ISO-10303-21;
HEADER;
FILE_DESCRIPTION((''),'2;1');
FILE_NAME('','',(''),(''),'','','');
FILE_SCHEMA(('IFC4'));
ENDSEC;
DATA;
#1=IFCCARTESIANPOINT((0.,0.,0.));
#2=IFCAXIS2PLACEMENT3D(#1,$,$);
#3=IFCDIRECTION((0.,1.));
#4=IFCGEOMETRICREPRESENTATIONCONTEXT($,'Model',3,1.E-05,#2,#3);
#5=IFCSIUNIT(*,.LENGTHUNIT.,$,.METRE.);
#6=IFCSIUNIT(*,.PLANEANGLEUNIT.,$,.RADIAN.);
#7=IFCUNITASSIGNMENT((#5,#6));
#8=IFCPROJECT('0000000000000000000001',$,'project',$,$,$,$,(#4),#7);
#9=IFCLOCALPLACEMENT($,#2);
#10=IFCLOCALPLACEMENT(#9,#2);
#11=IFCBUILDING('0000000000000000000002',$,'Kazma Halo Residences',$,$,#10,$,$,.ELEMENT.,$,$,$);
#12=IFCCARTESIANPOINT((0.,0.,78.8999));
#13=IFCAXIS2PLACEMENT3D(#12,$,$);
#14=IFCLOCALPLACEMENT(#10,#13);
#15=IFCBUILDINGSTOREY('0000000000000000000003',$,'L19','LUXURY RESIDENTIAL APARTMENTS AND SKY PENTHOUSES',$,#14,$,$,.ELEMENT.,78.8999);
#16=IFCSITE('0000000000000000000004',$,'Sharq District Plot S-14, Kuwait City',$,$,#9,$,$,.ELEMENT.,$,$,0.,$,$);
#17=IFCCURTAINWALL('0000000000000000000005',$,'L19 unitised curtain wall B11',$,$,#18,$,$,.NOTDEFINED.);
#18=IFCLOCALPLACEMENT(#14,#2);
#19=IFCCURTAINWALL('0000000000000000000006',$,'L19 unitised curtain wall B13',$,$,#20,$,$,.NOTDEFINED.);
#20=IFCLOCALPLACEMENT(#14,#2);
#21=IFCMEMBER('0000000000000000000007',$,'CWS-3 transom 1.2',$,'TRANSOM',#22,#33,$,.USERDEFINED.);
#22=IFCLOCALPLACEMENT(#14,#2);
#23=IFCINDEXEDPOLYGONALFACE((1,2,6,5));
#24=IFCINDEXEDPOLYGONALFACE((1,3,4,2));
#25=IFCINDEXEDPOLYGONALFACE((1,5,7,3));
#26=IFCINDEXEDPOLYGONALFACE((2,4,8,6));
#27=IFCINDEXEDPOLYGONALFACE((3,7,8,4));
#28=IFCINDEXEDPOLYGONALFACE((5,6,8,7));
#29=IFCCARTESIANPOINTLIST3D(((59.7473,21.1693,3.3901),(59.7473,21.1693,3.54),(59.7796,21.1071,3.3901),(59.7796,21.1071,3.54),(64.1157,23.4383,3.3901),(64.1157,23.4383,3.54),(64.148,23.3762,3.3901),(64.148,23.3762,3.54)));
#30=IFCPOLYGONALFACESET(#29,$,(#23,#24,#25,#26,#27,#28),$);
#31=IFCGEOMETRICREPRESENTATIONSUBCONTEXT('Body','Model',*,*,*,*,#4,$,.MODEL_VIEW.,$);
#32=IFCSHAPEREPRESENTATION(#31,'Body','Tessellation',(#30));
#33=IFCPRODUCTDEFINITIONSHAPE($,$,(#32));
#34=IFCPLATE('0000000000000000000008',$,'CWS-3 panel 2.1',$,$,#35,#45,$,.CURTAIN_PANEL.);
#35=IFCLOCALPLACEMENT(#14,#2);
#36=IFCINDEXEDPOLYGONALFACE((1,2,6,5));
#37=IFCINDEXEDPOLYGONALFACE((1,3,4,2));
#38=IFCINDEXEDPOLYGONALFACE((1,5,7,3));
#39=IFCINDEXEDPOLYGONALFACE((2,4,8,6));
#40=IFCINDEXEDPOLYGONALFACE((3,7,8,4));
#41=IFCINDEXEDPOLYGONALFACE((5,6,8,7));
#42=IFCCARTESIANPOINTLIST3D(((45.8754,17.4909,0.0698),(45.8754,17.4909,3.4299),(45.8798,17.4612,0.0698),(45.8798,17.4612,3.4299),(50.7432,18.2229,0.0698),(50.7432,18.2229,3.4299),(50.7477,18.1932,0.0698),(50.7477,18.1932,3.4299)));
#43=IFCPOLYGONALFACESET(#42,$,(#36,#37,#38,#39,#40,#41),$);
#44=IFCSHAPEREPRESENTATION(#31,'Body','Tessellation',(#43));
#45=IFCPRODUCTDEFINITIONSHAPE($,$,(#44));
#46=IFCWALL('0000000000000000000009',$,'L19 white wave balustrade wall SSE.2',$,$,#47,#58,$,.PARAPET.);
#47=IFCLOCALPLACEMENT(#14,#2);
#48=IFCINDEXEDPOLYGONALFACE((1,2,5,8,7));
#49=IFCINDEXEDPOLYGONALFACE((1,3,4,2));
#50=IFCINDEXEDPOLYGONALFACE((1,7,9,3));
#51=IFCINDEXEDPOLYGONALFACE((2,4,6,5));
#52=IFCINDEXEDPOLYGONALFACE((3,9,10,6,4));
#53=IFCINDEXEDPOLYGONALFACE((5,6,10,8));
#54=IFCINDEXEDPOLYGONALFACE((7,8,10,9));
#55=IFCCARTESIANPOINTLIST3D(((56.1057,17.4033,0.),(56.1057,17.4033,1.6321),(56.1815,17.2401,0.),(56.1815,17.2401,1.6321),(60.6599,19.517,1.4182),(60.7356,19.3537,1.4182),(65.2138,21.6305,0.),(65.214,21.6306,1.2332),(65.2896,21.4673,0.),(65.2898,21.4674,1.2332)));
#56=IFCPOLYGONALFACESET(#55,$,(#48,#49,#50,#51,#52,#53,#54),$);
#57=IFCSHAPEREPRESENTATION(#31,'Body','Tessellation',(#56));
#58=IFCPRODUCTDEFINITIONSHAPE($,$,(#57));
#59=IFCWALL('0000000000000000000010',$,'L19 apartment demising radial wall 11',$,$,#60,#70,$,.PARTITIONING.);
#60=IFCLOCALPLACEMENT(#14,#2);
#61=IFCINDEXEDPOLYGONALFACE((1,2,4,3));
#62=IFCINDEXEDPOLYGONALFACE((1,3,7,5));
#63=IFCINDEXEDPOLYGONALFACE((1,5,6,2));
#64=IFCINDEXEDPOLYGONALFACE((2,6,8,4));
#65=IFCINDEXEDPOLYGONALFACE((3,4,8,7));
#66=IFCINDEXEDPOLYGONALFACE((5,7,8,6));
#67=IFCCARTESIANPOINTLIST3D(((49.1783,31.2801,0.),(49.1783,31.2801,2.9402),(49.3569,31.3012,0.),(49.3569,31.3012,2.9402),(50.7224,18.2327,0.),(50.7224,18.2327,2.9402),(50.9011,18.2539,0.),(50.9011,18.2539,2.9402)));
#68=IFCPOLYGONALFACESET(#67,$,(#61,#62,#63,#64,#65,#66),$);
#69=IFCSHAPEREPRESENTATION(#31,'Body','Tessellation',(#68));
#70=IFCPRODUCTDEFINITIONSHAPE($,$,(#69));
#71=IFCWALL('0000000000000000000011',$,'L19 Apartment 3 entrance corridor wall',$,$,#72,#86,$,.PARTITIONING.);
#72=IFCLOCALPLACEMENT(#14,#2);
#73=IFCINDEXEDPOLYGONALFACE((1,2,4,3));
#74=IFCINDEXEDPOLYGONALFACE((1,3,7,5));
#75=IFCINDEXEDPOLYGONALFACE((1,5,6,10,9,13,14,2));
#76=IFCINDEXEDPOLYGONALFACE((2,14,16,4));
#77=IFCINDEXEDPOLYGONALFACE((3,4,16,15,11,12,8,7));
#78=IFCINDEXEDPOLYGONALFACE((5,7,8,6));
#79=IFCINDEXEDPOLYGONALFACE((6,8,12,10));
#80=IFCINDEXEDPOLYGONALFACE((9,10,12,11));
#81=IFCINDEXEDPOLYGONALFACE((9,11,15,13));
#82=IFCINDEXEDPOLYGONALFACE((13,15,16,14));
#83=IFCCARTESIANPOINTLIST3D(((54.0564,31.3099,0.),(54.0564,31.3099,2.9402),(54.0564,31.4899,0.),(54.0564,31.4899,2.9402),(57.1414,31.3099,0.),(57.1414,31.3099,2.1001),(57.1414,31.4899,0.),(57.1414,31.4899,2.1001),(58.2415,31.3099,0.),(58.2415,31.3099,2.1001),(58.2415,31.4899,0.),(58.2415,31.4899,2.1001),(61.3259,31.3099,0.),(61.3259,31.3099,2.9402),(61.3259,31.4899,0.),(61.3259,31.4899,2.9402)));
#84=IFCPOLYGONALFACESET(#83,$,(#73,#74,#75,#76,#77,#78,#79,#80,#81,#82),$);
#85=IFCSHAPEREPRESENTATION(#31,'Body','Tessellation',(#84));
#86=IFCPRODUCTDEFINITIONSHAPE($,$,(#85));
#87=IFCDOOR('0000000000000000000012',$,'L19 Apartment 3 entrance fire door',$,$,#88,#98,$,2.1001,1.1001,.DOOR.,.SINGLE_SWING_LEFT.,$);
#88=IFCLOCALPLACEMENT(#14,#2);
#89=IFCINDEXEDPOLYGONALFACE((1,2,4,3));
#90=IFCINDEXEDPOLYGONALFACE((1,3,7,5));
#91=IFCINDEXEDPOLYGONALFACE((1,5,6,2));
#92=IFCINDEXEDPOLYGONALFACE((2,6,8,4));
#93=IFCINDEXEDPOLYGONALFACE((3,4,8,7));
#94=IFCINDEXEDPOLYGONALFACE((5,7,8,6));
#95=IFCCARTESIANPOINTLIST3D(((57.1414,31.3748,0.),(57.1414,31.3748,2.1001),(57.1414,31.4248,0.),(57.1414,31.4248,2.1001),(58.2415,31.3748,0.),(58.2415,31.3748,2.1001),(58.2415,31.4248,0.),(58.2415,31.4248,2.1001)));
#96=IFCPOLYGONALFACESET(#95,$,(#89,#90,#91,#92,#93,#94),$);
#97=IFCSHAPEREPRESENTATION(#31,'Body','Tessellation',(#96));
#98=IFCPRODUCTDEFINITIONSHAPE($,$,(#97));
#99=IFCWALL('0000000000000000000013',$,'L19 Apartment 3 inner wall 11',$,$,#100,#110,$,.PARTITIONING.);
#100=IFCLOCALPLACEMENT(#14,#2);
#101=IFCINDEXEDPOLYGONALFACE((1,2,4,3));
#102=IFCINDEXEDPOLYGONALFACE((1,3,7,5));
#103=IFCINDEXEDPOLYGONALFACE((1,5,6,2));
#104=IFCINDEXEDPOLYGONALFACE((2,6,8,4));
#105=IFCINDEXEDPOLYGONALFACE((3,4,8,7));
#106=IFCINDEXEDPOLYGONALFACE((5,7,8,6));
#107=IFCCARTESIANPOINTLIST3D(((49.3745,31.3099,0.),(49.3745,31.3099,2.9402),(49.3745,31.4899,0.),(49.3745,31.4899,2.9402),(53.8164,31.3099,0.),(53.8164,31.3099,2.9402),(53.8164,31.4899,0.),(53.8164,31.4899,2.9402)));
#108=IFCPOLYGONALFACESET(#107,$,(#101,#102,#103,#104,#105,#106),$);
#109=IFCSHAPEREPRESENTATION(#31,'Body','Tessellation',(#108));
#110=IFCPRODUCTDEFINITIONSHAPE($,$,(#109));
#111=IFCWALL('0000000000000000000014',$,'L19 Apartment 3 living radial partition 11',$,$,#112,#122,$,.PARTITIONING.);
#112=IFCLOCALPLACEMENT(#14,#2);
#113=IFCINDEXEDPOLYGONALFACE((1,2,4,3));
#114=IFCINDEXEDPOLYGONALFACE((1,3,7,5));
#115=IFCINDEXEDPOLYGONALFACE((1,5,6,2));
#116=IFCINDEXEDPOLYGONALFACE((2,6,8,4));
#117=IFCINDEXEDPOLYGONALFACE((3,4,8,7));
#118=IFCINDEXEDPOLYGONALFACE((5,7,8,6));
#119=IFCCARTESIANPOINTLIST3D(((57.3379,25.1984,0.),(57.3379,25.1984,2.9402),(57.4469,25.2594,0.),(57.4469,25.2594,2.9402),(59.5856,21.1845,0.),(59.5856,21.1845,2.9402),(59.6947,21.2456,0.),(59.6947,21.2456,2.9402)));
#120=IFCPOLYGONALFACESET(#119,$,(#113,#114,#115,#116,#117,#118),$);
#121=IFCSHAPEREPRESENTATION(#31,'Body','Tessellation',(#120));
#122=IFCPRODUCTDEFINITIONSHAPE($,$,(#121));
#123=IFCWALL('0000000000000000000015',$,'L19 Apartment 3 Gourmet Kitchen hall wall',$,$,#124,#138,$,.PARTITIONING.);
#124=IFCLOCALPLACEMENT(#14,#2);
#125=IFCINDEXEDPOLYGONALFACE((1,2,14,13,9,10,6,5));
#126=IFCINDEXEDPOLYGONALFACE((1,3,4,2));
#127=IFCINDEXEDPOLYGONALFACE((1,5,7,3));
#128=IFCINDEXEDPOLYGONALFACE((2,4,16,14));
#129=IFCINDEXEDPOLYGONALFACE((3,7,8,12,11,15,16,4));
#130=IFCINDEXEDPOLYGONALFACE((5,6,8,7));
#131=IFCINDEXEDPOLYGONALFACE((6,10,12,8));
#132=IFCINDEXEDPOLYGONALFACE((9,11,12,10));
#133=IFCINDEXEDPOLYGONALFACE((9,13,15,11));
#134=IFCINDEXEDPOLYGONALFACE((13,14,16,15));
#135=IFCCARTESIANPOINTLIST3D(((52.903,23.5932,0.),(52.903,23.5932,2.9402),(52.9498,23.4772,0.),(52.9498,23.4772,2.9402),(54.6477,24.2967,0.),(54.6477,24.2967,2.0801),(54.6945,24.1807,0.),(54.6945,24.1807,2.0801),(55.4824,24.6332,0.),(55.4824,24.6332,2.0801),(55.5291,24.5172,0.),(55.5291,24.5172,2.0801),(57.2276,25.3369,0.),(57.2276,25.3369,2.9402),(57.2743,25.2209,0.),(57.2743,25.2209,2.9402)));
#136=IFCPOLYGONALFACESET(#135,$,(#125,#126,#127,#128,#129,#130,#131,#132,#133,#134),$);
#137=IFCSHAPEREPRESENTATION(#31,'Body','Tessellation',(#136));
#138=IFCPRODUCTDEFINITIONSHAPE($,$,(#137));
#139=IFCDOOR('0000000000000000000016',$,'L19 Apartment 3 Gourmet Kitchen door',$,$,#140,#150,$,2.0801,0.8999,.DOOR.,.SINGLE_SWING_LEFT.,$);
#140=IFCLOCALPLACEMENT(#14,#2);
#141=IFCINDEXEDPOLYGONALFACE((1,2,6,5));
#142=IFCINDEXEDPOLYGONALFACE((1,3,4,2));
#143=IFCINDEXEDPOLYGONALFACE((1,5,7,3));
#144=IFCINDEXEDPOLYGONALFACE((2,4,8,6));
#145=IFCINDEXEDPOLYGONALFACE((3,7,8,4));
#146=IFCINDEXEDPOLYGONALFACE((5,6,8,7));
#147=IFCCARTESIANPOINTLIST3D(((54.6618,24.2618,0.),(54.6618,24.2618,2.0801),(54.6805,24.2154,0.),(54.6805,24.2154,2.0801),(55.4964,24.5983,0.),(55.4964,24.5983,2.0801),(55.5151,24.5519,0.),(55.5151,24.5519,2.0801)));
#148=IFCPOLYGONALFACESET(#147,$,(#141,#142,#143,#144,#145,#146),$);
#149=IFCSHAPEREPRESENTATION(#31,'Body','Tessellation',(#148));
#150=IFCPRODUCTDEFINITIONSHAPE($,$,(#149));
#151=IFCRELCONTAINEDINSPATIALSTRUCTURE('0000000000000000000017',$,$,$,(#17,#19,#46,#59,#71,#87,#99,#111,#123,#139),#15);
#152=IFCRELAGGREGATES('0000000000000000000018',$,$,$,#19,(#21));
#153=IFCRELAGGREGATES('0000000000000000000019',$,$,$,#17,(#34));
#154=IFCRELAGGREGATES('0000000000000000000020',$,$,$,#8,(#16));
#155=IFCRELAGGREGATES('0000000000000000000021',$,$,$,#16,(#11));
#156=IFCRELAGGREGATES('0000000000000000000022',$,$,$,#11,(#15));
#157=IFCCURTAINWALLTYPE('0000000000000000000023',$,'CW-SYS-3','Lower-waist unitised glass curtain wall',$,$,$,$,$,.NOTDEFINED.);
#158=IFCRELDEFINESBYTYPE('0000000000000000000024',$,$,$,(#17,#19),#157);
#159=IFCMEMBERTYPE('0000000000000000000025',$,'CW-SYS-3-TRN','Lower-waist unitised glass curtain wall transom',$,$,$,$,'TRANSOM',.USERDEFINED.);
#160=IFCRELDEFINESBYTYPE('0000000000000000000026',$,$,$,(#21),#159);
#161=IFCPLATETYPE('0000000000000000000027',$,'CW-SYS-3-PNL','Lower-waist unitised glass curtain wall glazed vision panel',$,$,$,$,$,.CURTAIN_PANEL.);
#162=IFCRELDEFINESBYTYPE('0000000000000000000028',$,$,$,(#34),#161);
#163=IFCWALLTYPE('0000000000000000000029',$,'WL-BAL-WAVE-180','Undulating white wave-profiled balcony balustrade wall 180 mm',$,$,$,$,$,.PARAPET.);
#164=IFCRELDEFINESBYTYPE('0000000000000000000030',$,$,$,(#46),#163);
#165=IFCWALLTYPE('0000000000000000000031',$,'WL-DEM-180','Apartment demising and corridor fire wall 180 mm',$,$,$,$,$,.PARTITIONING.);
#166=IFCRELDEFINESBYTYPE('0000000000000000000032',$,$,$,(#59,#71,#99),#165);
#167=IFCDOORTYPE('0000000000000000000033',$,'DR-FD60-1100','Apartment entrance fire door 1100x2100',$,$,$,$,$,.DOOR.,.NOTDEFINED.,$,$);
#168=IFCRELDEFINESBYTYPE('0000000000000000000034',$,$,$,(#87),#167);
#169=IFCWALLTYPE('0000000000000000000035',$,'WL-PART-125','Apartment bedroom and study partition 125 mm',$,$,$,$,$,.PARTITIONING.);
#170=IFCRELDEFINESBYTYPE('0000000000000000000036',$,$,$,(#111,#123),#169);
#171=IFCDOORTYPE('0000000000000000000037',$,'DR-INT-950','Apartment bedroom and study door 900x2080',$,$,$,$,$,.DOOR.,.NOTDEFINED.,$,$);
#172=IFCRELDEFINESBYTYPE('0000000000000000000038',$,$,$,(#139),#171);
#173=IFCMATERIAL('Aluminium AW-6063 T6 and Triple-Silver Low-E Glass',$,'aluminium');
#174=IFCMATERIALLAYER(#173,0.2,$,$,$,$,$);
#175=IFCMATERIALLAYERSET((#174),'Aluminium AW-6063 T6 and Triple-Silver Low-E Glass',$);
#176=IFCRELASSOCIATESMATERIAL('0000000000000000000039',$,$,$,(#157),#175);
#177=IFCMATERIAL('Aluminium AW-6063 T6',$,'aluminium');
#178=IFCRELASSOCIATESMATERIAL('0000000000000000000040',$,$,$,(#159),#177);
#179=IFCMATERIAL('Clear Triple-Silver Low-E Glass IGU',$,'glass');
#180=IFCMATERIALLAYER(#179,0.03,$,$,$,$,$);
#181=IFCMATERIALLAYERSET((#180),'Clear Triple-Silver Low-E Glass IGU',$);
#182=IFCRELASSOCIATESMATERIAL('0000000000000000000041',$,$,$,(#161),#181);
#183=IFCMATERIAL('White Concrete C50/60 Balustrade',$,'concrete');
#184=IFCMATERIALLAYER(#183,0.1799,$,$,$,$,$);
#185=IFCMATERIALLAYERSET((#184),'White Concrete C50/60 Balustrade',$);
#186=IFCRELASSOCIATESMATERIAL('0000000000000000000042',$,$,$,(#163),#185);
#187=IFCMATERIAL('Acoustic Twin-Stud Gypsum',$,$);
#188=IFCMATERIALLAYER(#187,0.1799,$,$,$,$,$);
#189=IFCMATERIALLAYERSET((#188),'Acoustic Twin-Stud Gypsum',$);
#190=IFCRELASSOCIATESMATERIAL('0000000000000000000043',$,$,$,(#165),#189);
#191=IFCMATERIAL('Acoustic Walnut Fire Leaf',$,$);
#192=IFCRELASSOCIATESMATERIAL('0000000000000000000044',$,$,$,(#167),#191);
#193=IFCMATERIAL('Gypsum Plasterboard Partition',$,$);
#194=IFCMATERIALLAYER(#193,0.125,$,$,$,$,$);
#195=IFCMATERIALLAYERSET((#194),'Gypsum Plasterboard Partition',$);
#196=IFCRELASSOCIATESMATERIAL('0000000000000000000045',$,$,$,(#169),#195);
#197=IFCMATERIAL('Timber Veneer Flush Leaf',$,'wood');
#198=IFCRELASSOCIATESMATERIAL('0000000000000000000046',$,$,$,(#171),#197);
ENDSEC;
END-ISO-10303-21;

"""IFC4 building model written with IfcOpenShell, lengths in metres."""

from ifc_helpers import new_model, si_unit, direction, frame, frame_2d, origin, origin_2d, place, context, subcontext, project, spatial, polyline, rectangle, outline, extrude, material, layer, layer_set, material_profile, profile_set, type_object, element, fill, aggregate, save


model = new_model("IFC4")

# Units and contexts
model_context = context("Model", 3, precision=1e-05, world=origin(), true_north=direction((0.0, 1.0)))
body_context = subcontext(model_context, "Body", "Model", "MODEL_VIEW")
ifc_project = project(units=[si_unit("LENGTHUNIT", "METRE"), si_unit("PLANEANGLEUNIT", "RADIAN")], contexts=[model_context])

# Site, building, storey
site_placement = place(None, origin())
site = spatial("IfcSite", under=ifc_project, at=site_placement, Name="Sharq District Plot S-14, Kuwait City", CompositionType="ELEMENT", RefElevation=0.0)
building_placement = place(site_placement, origin())
building = spatial("IfcBuilding", under=site, at=building_placement, Name="Kazma Halo Residences", CompositionType="ELEMENT")
storey_placement = place(building_placement, frame((0.0, 0.0, 78.8999)))
storey = spatial("IfcBuildingStorey", under=building, at=storey_placement, Name="L19", Description="LUXURY RESIDENTIAL APARTMENTS AND SKY PENTHOUSES", CompositionType="ELEMENT", Elevation=78.8999)

# Curtain wall
ifc_material_1 = material(Name="Aluminium AW-6063 T6 and Triple-Silver Low-E Glass", Category="aluminium")
ifc_layer_1 = layer(ifc_material_1, 0.2)
ifc_layer_set_1 = layer_set([ifc_layer_1], Name="Aluminium AW-6063 T6 and Triple-Silver Low-E Glass")
curtain_wall_type = type_object("IfcCurtainWallType", Name="CW-SYS-3", Description="Lower-waist unitised glass curtain wall", PredefinedType="NOTDEFINED", material=ifc_layer_set_1)
curtain_wall_1_placement = place(storey_placement, origin())
curtain_wall_1 = element("IfcCurtainWall", 1, at=curtain_wall_1_placement, inside=storey, type_object=curtain_wall_type, Name="L19 unitised curtain wall B11", PredefinedType="NOTDEFINED")
ifc_material_2 = material(Name="Aluminium AW-6063 T6", Category="aluminium")

# Curtain wall, member
curtain_wall_2_placement = place(storey_placement, origin())
curtain_wall_2 = element("IfcCurtainWall", 2, at=curtain_wall_2_placement, inside=storey, type_object=curtain_wall_type, Name="L19 unitised curtain wall B13", PredefinedType="NOTDEFINED")
ifc_material_profile_1 = material_profile(ifc_material_2, rectangle(XDim=0.0701, YDim=0.1499, at=origin_2d()), Name="CWT-70x150")
ifc_profile_set_1 = profile_set([ifc_material_profile_1], Name="Aluminium AW-6063 T6")
member_type_1 = type_object("IfcMemberType", Name="CW-SYS-3-TRN", Description="Lower-waist unitised glass curtain wall transom", ElementType="TRANSOM", PredefinedType="USERDEFINED", material=ifc_profile_set_1)
member_1_placement = place(storey_placement, frame((59.7634, 21.1382, 3.4651), z_axis=(0.887427, 0.460948, 0.0), x_axis=(-0.460948, 0.887427, 0.0)))
member_1 = element("IfcMember", 3, at=member_1_placement, type_object=member_type_1, Name="CWS-3 transom 1.2", ObjectType="TRANSOM", PredefinedType="USERDEFINED", context=body_context, shape_type="SweptSolid", body=[
    extrude(rectangle(XDim=0.0701, YDim=0.1499, at=origin_2d()), origin(), (0.0, 0.0, 1.0), 4.9226),
])
aggregate(curtain_wall_2, [member_1])

# Plate
ifc_material_3 = material(Name="Clear Triple-Silver Low-E Glass IGU", Category="glass")
ifc_layer_2 = layer(ifc_material_3, 0.03)
ifc_layer_set_2 = layer_set([ifc_layer_2], Name="Clear Triple-Silver Low-E Glass IGU")
plate_type = type_object("IfcPlateType", Name="CW-SYS-3-PNL", Description="Lower-waist unitised glass curtain wall glazed vision panel", PredefinedType="CURTAIN_PANEL", material=ifc_layer_set_2)
plate_placement = place(storey_placement, frame((48.3115, 17.842, 0.0698), z_axis=(0.0, 0.0, 1.0), x_axis=(0.98888, 0.148717, 0.0)))
plate = element("IfcPlate", 4, at=plate_placement, type_object=plate_type, Name="CWS-3 panel 2.1", PredefinedType="CURTAIN_PANEL", context=body_context, shape_type="SweptSolid", body=[
    extrude(rectangle(XDim=4.9226, YDim=0.03, at=origin_2d()), origin(), (0.0, 0.0, 1.0), 3.3601),
])
aggregate(curtain_wall_1, [plate])

# Walls
ifc_material_4 = material(Name="White Concrete C50/60 Balustrade", Category="concrete")
ifc_layer_3 = layer(ifc_material_4, 0.1799)
ifc_layer_set_3 = layer_set([ifc_layer_3], Name="White Concrete C50/60 Balustrade")
wall_type_1 = type_object("IfcWallType", Name="WL-BAL-WAVE-180", Description="Undulating white wave-profiled balcony balustrade wall 180 mm", PredefinedType="PARAPET", material=ifc_layer_set_3)
wall_1_placement = place(storey_placement, frame((56.1436, 17.3218, 0.0), z_axis=(0.0, 0.0, 1.0), x_axis=(0.907066, 0.420989, 0.0)))
element("IfcWall", 5, at=wall_1_placement, inside=storey, type_object=wall_type_1, Name="L19 white wave balustrade wall SSE.2", PredefinedType="PARAPET", context=body_context, shape_type="SweptSolid", body=[
    extrude(outline(polyline([(0.0, 0.0), (10.0413, 0.0), (10.0415, 1.2332), (5.0208, 1.4182), (0.0, 1.6321), (0.0, 0.0)])), frame((0.0, 0.0898, 0.0), z_axis=(0.0, -1.0, 0.0), x_axis=(1.0, 0.0, 0.0)), (0.0, 0.0, 1.0), 0.1799),
])
ifc_material_5 = material(Name="Acoustic Twin-Stud Gypsum")
ifc_layer_4 = layer(ifc_material_5, 0.1799)
ifc_layer_set_4 = layer_set([ifc_layer_4], Name="Acoustic Twin-Stud Gypsum")
wall_type_2 = type_object("IfcWallType", Name="WL-DEM-180", Description="Apartment demising and corridor fire wall 180 mm", PredefinedType="PARTITIONING", material=ifc_layer_set_4)
wall_2_placement = place(storey_placement, frame((49.2676, 31.2908, 0.0), z_axis=(0.0, 0.0, 1.0), x_axis=(0.117532, -0.993069, 0.0)))
element("IfcWall", 6, at=wall_2_placement, inside=storey, type_object=wall_type_2, Name="L19 apartment demising radial wall 11", PredefinedType="PARTITIONING", context=body_context, shape_type="SweptSolid", body=[
    extrude(rectangle(XDim=13.1384, YDim=0.1799, at=frame_2d((6.5693, 0.0))), origin(), (0.0, 0.0, 1.0), 2.9402),
])

# Wall, opening, door
wall_3_placement = place(storey_placement, frame((54.0564, 31.3999, 0.0), z_axis=(0.0, 0.0, 1.0), x_axis=(1.0, 0.0, 0.0)))
wall_3 = element("IfcWall", 7, at=wall_3_placement, inside=storey, type_object=wall_type_2, Name="L19 Apartment 3 entrance corridor wall", PredefinedType="PARTITIONING", context=body_context, shape_type="SweptSolid", body=[
    extrude(rectangle(XDim=7.2695, YDim=0.1799, at=frame_2d((3.6348, 0.0))), origin(), (0.0, 0.0, 1.0), 2.9402),
])
opening_1_placement = place(wall_3_placement, frame((3.085, 0.0, 0.0)))
opening_1 = element("IfcOpeningElement", 8, at=opening_1_placement, cuts=wall_3, PredefinedType="OPENING", context=body_context, shape_type="SweptSolid", body=[
    extrude(rectangle(XDim=1.1001, YDim=2.1001, at=frame_2d((0.55, 1.05))), frame((0.0, 0.0999, 0.0), z_axis=(0.0, -1.0, 0.0), x_axis=(1.0, 0.0, 0.0)), (0.0, 0.0, 1.0), 0.2),
])
ifc_material_6 = material(Name="Acoustic Walnut Fire Leaf")
door_type_1 = type_object("IfcDoorType", Name="DR-FD60-1100", Description="Apartment entrance fire door 1100x2100", OperationType="NOTDEFINED", PredefinedType="DOOR", material=ifc_material_6)
door_1_placement = place(opening_1_placement, origin())
door_1 = element("IfcDoor", 9, at=door_1_placement, inside=storey, type_object=door_type_1, Name="L19 Apartment 3 entrance fire door", OperationType="SINGLE_SWING_LEFT", OverallHeight=2.1001, OverallWidth=1.1001, PredefinedType="DOOR", context=body_context, shape_type="SweptSolid", body=[
    extrude(rectangle(XDim=1.1001, YDim=2.1001, at=frame_2d((0.55, 1.05))), frame((0.0, 0.0249, 0.0), z_axis=(0.0, -1.0, 0.0), x_axis=(1.0, 0.0, 0.0)), (0.0, 0.0, 1.0), 0.05),
])
fill(opening_1, door_1)

# Wall
wall_4_placement = place(storey_placement, frame((49.3745, 31.3999, 0.0), z_axis=(0.0, 0.0, 1.0), x_axis=(1.0, 0.0, 0.0)))
element("IfcWall", 10, at=wall_4_placement, inside=storey, type_object=wall_type_2, Name="L19 Apartment 3 inner wall 11", PredefinedType="PARTITIONING", context=body_context, shape_type="SweptSolid", body=[
    extrude(rectangle(XDim=4.4419, YDim=0.1799, at=frame_2d((2.2209, 0.0))), origin(), (0.0, 0.0, 1.0), 2.9402),
])

# Wall
ifc_material_7 = material(Name="Gypsum Plasterboard Partition")
ifc_layer_5 = layer(ifc_material_7, 0.125)
ifc_layer_set_5 = layer_set([ifc_layer_5], Name="Gypsum Plasterboard Partition")
wall_type_3 = type_object("IfcWallType", Name="WL-PART-125", Description="Apartment bedroom and study partition 125 mm", PredefinedType="PARTITIONING", material=ifc_layer_set_5)
wall_5_placement = place(storey_placement, frame((57.3923, 25.229, 0.0), z_axis=(0.0, 0.0, 1.0), x_axis=(0.488605, -0.872505, 0.0)))
element("IfcWall", 11, at=wall_5_placement, inside=storey, type_object=wall_type_3, Name="L19 Apartment 3 living radial partition 11", PredefinedType="PARTITIONING", context=body_context, shape_type="SweptSolid", body=[
    extrude(rectangle(XDim=4.6003, YDim=0.125, at=frame_2d((2.3003, 0.0))), origin(), (0.0, 0.0, 1.0), 2.9402),
])

# Wall, opening, door
wall_6_placement = place(storey_placement, frame((52.9263, 23.5352, 0.0), z_axis=(0.0, 0.0, 1.0), x_axis=(0.927448, 0.373953, 0.0)))
wall_6 = element("IfcWall", 12, at=wall_6_placement, inside=storey, type_object=wall_type_3, Name="L19 Apartment 3 Gourmet Kitchen hall wall", PredefinedType="PARTITIONING", context=body_context, shape_type="SweptSolid", body=[
    extrude(rectangle(XDim=4.6628, YDim=0.125, at=frame_2d((2.3315, 0.0))), origin(), (0.0, 0.0, 1.0), 2.9402),
])
opening_2_placement = place(wall_6_placement, frame((1.8813, 0.0, 0.0)))
opening_2 = element("IfcOpeningElement", 13, at=opening_2_placement, cuts=wall_6, PredefinedType="OPENING", context=body_context, shape_type="SweptSolid", body=[
    extrude(rectangle(XDim=0.8999, YDim=2.0801, at=frame_2d((0.45, 1.04))), frame((0.0, 0.0725, 0.0), z_axis=(0.0, -1.0, 0.0), x_axis=(1.0, 0.0, 0.0)), (0.0, 0.0, 1.0), 0.145),
])
ifc_material_8 = material(Name="Timber Veneer Flush Leaf", Category="wood")
door_type_2 = type_object("IfcDoorType", Name="DR-INT-950", Description="Apartment bedroom and study door 900x2080", OperationType="NOTDEFINED", PredefinedType="DOOR", material=ifc_material_8)
door_2_placement = place(opening_2_placement, origin())
door_2 = element("IfcDoor", 14, at=door_2_placement, inside=storey, type_object=door_type_2, Name="L19 Apartment 3 Gourmet Kitchen door", OperationType="SINGLE_SWING_LEFT", OverallHeight=2.0801, OverallWidth=0.8999, PredefinedType="DOOR", context=body_context, shape_type="SweptSolid", body=[
    extrude(rectangle(XDim=0.8999, YDim=2.0801, at=frame_2d((0.45, 1.04))), frame((0.0, 0.0249, 0.0), z_axis=(0.0, -1.0, 0.0), x_axis=(1.0, 0.0, 0.0)), (0.0, 0.0, 1.0), 0.05),
])
fill(opening_2, door_2)

save(model, "model.ifc")
